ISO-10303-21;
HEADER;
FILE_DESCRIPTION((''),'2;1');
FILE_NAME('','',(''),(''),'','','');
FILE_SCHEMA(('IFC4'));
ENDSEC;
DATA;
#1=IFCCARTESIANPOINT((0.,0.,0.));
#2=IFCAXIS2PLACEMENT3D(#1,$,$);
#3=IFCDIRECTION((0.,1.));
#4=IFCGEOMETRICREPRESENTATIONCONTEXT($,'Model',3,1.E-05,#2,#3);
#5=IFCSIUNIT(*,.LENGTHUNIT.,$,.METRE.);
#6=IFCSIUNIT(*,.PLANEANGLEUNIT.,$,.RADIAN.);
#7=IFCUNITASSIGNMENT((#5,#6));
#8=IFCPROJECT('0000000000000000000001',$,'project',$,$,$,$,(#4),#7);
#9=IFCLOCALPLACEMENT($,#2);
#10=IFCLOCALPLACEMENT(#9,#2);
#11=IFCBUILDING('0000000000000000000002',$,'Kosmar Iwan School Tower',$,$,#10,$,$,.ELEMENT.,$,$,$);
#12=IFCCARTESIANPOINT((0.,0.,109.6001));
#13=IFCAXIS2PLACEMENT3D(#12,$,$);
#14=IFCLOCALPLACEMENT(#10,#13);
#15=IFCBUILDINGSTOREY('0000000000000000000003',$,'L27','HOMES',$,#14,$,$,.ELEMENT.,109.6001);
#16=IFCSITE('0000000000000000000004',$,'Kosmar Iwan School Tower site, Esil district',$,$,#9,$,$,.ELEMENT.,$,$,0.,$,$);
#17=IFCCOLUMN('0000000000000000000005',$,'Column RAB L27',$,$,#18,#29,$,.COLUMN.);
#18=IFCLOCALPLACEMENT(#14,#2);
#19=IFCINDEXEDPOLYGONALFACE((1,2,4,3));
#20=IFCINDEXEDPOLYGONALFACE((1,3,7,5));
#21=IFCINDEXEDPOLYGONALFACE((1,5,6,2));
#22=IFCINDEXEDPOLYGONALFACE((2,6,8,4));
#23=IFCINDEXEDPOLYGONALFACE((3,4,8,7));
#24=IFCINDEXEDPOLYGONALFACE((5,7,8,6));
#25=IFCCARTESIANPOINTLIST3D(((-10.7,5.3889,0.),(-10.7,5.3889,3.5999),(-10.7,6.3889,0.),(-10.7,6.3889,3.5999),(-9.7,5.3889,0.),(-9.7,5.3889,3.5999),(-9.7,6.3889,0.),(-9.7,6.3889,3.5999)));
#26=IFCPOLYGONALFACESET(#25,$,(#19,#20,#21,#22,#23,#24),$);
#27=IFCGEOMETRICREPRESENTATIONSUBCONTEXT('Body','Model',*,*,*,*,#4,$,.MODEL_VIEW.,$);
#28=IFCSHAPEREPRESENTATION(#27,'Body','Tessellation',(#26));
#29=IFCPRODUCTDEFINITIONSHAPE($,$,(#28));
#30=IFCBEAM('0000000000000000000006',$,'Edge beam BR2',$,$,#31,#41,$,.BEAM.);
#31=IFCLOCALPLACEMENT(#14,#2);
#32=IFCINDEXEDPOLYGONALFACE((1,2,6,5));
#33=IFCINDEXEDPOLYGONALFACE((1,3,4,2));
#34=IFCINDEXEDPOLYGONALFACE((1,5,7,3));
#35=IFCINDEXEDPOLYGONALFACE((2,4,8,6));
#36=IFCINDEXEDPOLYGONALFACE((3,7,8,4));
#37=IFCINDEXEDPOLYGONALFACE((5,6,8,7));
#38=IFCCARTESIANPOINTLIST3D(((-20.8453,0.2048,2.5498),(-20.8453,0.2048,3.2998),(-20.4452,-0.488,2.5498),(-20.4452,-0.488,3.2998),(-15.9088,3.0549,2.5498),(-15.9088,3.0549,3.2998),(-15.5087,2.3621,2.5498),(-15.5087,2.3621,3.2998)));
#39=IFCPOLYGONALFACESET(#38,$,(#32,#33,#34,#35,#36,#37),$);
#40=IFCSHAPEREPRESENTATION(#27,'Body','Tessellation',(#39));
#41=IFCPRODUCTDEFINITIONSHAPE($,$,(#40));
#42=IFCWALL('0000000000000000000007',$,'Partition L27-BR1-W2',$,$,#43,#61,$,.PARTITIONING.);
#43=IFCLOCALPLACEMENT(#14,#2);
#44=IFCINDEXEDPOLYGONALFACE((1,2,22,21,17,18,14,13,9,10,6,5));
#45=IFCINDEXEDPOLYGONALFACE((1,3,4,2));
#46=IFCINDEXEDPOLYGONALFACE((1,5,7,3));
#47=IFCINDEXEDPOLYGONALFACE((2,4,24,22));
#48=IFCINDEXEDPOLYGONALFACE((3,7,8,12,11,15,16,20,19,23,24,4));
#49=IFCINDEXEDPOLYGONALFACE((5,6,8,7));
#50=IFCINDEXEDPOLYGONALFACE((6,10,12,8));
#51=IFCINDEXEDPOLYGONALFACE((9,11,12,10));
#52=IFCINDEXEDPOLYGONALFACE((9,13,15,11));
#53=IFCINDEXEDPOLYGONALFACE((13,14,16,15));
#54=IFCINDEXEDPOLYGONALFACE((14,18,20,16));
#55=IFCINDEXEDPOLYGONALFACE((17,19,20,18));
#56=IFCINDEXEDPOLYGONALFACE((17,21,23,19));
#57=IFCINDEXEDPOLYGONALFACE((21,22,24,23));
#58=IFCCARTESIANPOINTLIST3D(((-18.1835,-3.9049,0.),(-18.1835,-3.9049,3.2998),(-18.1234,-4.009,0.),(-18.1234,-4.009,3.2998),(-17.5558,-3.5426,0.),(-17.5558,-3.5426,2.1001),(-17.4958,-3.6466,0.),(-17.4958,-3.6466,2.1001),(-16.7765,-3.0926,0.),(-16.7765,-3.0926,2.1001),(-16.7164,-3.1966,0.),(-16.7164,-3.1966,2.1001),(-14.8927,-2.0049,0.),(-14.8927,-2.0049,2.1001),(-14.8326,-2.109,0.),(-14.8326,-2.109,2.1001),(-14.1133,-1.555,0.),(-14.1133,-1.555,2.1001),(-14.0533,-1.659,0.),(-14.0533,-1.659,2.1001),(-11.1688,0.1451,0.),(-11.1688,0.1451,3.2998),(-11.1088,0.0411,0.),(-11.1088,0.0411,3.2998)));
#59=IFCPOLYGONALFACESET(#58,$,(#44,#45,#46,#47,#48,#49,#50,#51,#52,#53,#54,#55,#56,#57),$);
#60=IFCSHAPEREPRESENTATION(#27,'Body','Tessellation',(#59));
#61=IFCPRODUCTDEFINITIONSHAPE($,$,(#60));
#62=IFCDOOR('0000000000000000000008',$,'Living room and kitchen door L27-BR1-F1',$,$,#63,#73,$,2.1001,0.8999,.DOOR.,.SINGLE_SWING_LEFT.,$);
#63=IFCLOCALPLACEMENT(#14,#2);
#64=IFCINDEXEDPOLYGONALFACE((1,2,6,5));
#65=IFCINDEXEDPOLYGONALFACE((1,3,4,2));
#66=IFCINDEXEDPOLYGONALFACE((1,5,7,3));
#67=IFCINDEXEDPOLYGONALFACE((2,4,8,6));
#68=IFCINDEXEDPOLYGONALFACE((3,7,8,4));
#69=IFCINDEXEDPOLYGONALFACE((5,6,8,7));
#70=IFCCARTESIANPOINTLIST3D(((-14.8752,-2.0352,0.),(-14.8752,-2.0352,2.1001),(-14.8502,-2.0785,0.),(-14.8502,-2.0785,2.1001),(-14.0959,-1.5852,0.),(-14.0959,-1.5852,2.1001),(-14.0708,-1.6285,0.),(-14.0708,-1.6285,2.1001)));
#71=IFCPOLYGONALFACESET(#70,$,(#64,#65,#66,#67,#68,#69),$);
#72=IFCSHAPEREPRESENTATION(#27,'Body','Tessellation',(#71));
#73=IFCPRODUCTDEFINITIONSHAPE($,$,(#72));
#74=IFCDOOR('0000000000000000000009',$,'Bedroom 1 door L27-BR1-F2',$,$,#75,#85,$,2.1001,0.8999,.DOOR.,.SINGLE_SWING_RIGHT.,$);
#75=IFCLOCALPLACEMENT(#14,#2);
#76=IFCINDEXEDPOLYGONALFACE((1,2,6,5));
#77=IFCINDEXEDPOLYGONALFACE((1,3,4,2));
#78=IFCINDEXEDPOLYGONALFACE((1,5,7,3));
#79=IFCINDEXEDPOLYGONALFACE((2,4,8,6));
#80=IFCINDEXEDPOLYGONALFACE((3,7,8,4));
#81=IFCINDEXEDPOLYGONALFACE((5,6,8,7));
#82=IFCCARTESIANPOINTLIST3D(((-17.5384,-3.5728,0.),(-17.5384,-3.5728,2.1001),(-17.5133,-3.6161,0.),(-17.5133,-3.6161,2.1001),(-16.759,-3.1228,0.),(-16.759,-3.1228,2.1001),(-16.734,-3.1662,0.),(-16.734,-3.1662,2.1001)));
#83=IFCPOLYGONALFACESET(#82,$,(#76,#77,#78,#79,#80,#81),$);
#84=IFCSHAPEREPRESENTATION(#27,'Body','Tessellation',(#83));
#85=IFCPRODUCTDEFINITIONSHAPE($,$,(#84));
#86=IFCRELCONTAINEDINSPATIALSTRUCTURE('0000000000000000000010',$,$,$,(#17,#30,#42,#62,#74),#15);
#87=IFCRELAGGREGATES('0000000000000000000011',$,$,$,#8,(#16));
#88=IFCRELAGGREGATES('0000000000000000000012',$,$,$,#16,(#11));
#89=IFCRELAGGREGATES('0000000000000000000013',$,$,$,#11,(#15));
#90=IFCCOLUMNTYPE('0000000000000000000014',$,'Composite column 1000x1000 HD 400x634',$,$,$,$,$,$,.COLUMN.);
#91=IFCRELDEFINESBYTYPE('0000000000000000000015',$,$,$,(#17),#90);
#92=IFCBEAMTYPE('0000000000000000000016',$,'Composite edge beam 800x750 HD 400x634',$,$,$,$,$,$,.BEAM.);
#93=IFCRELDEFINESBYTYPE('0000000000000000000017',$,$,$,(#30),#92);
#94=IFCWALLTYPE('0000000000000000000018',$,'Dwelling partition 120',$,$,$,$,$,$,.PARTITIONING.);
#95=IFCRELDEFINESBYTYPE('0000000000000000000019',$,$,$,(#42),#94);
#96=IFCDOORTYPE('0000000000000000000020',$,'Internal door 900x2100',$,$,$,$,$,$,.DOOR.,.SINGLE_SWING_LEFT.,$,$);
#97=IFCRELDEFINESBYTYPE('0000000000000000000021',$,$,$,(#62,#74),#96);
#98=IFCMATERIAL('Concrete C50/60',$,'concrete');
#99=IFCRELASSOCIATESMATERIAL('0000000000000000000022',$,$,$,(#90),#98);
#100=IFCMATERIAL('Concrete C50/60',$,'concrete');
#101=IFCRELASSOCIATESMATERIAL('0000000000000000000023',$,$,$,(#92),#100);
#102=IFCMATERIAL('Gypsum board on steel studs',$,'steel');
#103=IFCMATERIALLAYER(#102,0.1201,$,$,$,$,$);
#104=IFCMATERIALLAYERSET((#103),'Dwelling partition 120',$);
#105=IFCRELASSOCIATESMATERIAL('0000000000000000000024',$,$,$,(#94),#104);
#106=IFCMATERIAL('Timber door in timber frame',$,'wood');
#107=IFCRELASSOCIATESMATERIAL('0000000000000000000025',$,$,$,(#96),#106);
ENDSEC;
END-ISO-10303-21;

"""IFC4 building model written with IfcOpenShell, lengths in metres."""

from ifc_helpers import new_model, si_unit, direction, frame, frame_2d, origin, origin_2d, place, context, subcontext, project, spatial, rectangle, extrude, material, layer, layer_set, material_profile, profile_set, type_object, element, fill, save


model = new_model("IFC4")

# Units and contexts
model_context = context("Model", 3, precision=1e-05, world=origin(), true_north=direction((0.0, 1.0)))
body_context = subcontext(model_context, "Body", "Model", "MODEL_VIEW")
ifc_project = project(units=[si_unit("LENGTHUNIT", "METRE"), si_unit("PLANEANGLEUNIT", "RADIAN")], contexts=[model_context])

# Site, building, storey
site_placement = place(None, origin())
site = spatial("IfcSite", under=ifc_project, at=site_placement, Name="Kosmar Iwan School Tower site, Esil district", CompositionType="ELEMENT", RefElevation=0.0)
building_placement = place(site_placement, origin())
building = spatial("IfcBuilding", under=site, at=building_placement, Name="Kosmar Iwan School Tower", CompositionType="ELEMENT")
storey_placement = place(building_placement, frame((0.0, 0.0, 109.6001)))
storey = spatial("IfcBuildingStorey", under=building, at=storey_placement, Name="L27", Description="HOMES", CompositionType="ELEMENT", Elevation=109.6001)

# Column
ifc_material_1 = material(Name="Concrete C50/60", Category="concrete")
ifc_material_profile_1 = material_profile(ifc_material_1, rectangle(XDim=1.0, YDim=1.0, at=origin_2d()), Name="RC 1000x1000 + HD 400x634")
ifc_profile_set_1 = profile_set([ifc_material_profile_1], Name="Concrete C50/60")
column_type = type_object("IfcColumnType", Name="Composite column 1000x1000 HD 400x634", PredefinedType="COLUMN", material=ifc_profile_set_1)
column_placement = place(storey_placement, frame((-10.2, 5.8889, 0.0), z_axis=(0.0, 0.0, 1.0), x_axis=(1.0, 0.0, 0.0)))
element("IfcColumn", 1, at=column_placement, inside=storey, type_object=column_type, Name="Column RAB L27", PredefinedType="COLUMN", context=body_context, shape_type="SweptSolid", body=[
    extrude(rectangle(XDim=1.0, YDim=1.0, at=origin_2d()), origin(), (0.0, 0.0, 1.0), 3.5999),
])

# Beam
ifc_material_2 = material(Name="Concrete C50/60", Category="concrete")
ifc_material_profile_2 = material_profile(ifc_material_2, rectangle(XDim=0.8, YDim=0.75, at=origin_2d()), Name="RC 800x750 + HD 400x634")
ifc_profile_set_2 = profile_set([ifc_material_profile_2], Name="Concrete C50/60")
beam_type = type_object("IfcBeamType", Name="Composite edge beam 800x750 HD 400x634", PredefinedType="BEAM", material=ifc_profile_set_2)
beam_placement = place(storey_placement, frame((-15.7087, 2.7085, 2.9248), z_axis=(-0.866026, -0.499999, 0.0), x_axis=(0.499999, -0.866026, 0.0)))
element("IfcBeam", 2, at=beam_placement, inside=storey, type_object=beam_type, Name="Edge beam BR2", PredefinedType="BEAM", context=body_context, shape_type="SweptSolid", body=[
    extrude(rectangle(XDim=0.8, YDim=0.75, at=origin_2d()), origin(), (0.0, 0.0, 1.0), 5.7002),
])

# Wall, openings, doors
ifc_material_3 = material(Name="Gypsum board on steel studs", Category="steel")
ifc_layer = layer(ifc_material_3, 0.1201)
ifc_layer_set = layer_set([ifc_layer], Name="Dwelling partition 120")
wall_type = type_object("IfcWallType", Name="Dwelling partition 120", PredefinedType="PARTITIONING", material=ifc_layer_set)
wall_placement = place(storey_placement, frame((-11.1389, 0.093, 0.0), z_axis=(0.0, 0.0, 1.0), x_axis=(-0.866018, -0.500013, 0.0)))
wall = element("IfcWall", 3, at=wall_placement, inside=storey, type_object=wall_type, Name="Partition L27-BR1-W2", PredefinedType="PARTITIONING", context=body_context, shape_type="SweptSolid", body=[
    extrude(rectangle(XDim=8.0999, YDim=0.1201, at=frame_2d((4.0498, 0.0))), origin(), (0.0, 0.0, 1.0), 3.2998),
])
opening_1_placement = place(wall_placement, frame((3.3999, 0.0, 0.0)))
opening_1 = element("IfcOpeningElement", 4, at=opening_1_placement, cuts=wall, PredefinedType="OPENING", context=body_context, shape_type="SweptSolid", body=[
    extrude(rectangle(XDim=0.8999, YDim=2.1001, at=frame_2d((0.45, 1.05))), frame((0.0, 0.072, 0.0), z_axis=(0.0, -1.0, 0.0), x_axis=(1.0, 0.0, 0.0)), (0.0, 0.0, 1.0), 0.144),
])
opening_2_placement = place(wall_placement, frame((6.4751, 0.0, 0.0)))
opening_2 = element("IfcOpeningElement", 5, at=opening_2_placement, cuts=wall, PredefinedType="OPENING", context=body_context, shape_type="SweptSolid", body=[
    extrude(rectangle(XDim=0.8999, YDim=2.1001, at=frame_2d((0.45, 1.05))), frame((0.0, 0.072, 0.0), z_axis=(0.0, -1.0, 0.0), x_axis=(1.0, 0.0, 0.0)), (0.0, 0.0, 1.0), 0.144),
])
ifc_material_4 = material(Name="Timber door in timber frame", Category="wood")
door_type = type_object("IfcDoorType", Name="Internal door 900x2100", OperationType="SINGLE_SWING_LEFT", PredefinedType="DOOR", material=ifc_material_4)
door_1_placement = place(opening_1_placement, origin())
door_1 = element("IfcDoor", 6, at=door_1_placement, inside=storey, type_object=door_type, Name="Living room and kitchen door L27-BR1-F1", OperationType="SINGLE_SWING_LEFT", OverallHeight=2.1001, OverallWidth=0.8999, PredefinedType="DOOR", context=body_context, shape_type="SweptSolid", body=[
    extrude(rectangle(XDim=0.8999, YDim=2.1001, at=frame_2d((0.45, 1.05))), frame((0.0, 0.0249, 0.0), z_axis=(0.0, -1.0, 0.0), x_axis=(1.0, 0.0, 0.0)), (0.0, 0.0, 1.0), 0.05),
])
fill(opening_1, door_1)
door_2_placement = place(opening_2_placement, origin())
door_2 = element("IfcDoor", 7, at=door_2_placement, inside=storey, type_object=door_type, Name="Bedroom 1 door L27-BR1-F2", OperationType="SINGLE_SWING_RIGHT", OverallHeight=2.1001, OverallWidth=0.8999, PredefinedType="DOOR", context=body_context, shape_type="SweptSolid", body=[
    extrude(rectangle(XDim=0.8999, YDim=2.1001, at=frame_2d((0.45, 1.05))), frame((0.0, 0.0249, 0.0), z_axis=(0.0, -1.0, 0.0), x_axis=(1.0, 0.0, 0.0)), (0.0, 0.0, 1.0), 0.05),
])
fill(opening_2, door_2)

save(model, "model.ifc")
